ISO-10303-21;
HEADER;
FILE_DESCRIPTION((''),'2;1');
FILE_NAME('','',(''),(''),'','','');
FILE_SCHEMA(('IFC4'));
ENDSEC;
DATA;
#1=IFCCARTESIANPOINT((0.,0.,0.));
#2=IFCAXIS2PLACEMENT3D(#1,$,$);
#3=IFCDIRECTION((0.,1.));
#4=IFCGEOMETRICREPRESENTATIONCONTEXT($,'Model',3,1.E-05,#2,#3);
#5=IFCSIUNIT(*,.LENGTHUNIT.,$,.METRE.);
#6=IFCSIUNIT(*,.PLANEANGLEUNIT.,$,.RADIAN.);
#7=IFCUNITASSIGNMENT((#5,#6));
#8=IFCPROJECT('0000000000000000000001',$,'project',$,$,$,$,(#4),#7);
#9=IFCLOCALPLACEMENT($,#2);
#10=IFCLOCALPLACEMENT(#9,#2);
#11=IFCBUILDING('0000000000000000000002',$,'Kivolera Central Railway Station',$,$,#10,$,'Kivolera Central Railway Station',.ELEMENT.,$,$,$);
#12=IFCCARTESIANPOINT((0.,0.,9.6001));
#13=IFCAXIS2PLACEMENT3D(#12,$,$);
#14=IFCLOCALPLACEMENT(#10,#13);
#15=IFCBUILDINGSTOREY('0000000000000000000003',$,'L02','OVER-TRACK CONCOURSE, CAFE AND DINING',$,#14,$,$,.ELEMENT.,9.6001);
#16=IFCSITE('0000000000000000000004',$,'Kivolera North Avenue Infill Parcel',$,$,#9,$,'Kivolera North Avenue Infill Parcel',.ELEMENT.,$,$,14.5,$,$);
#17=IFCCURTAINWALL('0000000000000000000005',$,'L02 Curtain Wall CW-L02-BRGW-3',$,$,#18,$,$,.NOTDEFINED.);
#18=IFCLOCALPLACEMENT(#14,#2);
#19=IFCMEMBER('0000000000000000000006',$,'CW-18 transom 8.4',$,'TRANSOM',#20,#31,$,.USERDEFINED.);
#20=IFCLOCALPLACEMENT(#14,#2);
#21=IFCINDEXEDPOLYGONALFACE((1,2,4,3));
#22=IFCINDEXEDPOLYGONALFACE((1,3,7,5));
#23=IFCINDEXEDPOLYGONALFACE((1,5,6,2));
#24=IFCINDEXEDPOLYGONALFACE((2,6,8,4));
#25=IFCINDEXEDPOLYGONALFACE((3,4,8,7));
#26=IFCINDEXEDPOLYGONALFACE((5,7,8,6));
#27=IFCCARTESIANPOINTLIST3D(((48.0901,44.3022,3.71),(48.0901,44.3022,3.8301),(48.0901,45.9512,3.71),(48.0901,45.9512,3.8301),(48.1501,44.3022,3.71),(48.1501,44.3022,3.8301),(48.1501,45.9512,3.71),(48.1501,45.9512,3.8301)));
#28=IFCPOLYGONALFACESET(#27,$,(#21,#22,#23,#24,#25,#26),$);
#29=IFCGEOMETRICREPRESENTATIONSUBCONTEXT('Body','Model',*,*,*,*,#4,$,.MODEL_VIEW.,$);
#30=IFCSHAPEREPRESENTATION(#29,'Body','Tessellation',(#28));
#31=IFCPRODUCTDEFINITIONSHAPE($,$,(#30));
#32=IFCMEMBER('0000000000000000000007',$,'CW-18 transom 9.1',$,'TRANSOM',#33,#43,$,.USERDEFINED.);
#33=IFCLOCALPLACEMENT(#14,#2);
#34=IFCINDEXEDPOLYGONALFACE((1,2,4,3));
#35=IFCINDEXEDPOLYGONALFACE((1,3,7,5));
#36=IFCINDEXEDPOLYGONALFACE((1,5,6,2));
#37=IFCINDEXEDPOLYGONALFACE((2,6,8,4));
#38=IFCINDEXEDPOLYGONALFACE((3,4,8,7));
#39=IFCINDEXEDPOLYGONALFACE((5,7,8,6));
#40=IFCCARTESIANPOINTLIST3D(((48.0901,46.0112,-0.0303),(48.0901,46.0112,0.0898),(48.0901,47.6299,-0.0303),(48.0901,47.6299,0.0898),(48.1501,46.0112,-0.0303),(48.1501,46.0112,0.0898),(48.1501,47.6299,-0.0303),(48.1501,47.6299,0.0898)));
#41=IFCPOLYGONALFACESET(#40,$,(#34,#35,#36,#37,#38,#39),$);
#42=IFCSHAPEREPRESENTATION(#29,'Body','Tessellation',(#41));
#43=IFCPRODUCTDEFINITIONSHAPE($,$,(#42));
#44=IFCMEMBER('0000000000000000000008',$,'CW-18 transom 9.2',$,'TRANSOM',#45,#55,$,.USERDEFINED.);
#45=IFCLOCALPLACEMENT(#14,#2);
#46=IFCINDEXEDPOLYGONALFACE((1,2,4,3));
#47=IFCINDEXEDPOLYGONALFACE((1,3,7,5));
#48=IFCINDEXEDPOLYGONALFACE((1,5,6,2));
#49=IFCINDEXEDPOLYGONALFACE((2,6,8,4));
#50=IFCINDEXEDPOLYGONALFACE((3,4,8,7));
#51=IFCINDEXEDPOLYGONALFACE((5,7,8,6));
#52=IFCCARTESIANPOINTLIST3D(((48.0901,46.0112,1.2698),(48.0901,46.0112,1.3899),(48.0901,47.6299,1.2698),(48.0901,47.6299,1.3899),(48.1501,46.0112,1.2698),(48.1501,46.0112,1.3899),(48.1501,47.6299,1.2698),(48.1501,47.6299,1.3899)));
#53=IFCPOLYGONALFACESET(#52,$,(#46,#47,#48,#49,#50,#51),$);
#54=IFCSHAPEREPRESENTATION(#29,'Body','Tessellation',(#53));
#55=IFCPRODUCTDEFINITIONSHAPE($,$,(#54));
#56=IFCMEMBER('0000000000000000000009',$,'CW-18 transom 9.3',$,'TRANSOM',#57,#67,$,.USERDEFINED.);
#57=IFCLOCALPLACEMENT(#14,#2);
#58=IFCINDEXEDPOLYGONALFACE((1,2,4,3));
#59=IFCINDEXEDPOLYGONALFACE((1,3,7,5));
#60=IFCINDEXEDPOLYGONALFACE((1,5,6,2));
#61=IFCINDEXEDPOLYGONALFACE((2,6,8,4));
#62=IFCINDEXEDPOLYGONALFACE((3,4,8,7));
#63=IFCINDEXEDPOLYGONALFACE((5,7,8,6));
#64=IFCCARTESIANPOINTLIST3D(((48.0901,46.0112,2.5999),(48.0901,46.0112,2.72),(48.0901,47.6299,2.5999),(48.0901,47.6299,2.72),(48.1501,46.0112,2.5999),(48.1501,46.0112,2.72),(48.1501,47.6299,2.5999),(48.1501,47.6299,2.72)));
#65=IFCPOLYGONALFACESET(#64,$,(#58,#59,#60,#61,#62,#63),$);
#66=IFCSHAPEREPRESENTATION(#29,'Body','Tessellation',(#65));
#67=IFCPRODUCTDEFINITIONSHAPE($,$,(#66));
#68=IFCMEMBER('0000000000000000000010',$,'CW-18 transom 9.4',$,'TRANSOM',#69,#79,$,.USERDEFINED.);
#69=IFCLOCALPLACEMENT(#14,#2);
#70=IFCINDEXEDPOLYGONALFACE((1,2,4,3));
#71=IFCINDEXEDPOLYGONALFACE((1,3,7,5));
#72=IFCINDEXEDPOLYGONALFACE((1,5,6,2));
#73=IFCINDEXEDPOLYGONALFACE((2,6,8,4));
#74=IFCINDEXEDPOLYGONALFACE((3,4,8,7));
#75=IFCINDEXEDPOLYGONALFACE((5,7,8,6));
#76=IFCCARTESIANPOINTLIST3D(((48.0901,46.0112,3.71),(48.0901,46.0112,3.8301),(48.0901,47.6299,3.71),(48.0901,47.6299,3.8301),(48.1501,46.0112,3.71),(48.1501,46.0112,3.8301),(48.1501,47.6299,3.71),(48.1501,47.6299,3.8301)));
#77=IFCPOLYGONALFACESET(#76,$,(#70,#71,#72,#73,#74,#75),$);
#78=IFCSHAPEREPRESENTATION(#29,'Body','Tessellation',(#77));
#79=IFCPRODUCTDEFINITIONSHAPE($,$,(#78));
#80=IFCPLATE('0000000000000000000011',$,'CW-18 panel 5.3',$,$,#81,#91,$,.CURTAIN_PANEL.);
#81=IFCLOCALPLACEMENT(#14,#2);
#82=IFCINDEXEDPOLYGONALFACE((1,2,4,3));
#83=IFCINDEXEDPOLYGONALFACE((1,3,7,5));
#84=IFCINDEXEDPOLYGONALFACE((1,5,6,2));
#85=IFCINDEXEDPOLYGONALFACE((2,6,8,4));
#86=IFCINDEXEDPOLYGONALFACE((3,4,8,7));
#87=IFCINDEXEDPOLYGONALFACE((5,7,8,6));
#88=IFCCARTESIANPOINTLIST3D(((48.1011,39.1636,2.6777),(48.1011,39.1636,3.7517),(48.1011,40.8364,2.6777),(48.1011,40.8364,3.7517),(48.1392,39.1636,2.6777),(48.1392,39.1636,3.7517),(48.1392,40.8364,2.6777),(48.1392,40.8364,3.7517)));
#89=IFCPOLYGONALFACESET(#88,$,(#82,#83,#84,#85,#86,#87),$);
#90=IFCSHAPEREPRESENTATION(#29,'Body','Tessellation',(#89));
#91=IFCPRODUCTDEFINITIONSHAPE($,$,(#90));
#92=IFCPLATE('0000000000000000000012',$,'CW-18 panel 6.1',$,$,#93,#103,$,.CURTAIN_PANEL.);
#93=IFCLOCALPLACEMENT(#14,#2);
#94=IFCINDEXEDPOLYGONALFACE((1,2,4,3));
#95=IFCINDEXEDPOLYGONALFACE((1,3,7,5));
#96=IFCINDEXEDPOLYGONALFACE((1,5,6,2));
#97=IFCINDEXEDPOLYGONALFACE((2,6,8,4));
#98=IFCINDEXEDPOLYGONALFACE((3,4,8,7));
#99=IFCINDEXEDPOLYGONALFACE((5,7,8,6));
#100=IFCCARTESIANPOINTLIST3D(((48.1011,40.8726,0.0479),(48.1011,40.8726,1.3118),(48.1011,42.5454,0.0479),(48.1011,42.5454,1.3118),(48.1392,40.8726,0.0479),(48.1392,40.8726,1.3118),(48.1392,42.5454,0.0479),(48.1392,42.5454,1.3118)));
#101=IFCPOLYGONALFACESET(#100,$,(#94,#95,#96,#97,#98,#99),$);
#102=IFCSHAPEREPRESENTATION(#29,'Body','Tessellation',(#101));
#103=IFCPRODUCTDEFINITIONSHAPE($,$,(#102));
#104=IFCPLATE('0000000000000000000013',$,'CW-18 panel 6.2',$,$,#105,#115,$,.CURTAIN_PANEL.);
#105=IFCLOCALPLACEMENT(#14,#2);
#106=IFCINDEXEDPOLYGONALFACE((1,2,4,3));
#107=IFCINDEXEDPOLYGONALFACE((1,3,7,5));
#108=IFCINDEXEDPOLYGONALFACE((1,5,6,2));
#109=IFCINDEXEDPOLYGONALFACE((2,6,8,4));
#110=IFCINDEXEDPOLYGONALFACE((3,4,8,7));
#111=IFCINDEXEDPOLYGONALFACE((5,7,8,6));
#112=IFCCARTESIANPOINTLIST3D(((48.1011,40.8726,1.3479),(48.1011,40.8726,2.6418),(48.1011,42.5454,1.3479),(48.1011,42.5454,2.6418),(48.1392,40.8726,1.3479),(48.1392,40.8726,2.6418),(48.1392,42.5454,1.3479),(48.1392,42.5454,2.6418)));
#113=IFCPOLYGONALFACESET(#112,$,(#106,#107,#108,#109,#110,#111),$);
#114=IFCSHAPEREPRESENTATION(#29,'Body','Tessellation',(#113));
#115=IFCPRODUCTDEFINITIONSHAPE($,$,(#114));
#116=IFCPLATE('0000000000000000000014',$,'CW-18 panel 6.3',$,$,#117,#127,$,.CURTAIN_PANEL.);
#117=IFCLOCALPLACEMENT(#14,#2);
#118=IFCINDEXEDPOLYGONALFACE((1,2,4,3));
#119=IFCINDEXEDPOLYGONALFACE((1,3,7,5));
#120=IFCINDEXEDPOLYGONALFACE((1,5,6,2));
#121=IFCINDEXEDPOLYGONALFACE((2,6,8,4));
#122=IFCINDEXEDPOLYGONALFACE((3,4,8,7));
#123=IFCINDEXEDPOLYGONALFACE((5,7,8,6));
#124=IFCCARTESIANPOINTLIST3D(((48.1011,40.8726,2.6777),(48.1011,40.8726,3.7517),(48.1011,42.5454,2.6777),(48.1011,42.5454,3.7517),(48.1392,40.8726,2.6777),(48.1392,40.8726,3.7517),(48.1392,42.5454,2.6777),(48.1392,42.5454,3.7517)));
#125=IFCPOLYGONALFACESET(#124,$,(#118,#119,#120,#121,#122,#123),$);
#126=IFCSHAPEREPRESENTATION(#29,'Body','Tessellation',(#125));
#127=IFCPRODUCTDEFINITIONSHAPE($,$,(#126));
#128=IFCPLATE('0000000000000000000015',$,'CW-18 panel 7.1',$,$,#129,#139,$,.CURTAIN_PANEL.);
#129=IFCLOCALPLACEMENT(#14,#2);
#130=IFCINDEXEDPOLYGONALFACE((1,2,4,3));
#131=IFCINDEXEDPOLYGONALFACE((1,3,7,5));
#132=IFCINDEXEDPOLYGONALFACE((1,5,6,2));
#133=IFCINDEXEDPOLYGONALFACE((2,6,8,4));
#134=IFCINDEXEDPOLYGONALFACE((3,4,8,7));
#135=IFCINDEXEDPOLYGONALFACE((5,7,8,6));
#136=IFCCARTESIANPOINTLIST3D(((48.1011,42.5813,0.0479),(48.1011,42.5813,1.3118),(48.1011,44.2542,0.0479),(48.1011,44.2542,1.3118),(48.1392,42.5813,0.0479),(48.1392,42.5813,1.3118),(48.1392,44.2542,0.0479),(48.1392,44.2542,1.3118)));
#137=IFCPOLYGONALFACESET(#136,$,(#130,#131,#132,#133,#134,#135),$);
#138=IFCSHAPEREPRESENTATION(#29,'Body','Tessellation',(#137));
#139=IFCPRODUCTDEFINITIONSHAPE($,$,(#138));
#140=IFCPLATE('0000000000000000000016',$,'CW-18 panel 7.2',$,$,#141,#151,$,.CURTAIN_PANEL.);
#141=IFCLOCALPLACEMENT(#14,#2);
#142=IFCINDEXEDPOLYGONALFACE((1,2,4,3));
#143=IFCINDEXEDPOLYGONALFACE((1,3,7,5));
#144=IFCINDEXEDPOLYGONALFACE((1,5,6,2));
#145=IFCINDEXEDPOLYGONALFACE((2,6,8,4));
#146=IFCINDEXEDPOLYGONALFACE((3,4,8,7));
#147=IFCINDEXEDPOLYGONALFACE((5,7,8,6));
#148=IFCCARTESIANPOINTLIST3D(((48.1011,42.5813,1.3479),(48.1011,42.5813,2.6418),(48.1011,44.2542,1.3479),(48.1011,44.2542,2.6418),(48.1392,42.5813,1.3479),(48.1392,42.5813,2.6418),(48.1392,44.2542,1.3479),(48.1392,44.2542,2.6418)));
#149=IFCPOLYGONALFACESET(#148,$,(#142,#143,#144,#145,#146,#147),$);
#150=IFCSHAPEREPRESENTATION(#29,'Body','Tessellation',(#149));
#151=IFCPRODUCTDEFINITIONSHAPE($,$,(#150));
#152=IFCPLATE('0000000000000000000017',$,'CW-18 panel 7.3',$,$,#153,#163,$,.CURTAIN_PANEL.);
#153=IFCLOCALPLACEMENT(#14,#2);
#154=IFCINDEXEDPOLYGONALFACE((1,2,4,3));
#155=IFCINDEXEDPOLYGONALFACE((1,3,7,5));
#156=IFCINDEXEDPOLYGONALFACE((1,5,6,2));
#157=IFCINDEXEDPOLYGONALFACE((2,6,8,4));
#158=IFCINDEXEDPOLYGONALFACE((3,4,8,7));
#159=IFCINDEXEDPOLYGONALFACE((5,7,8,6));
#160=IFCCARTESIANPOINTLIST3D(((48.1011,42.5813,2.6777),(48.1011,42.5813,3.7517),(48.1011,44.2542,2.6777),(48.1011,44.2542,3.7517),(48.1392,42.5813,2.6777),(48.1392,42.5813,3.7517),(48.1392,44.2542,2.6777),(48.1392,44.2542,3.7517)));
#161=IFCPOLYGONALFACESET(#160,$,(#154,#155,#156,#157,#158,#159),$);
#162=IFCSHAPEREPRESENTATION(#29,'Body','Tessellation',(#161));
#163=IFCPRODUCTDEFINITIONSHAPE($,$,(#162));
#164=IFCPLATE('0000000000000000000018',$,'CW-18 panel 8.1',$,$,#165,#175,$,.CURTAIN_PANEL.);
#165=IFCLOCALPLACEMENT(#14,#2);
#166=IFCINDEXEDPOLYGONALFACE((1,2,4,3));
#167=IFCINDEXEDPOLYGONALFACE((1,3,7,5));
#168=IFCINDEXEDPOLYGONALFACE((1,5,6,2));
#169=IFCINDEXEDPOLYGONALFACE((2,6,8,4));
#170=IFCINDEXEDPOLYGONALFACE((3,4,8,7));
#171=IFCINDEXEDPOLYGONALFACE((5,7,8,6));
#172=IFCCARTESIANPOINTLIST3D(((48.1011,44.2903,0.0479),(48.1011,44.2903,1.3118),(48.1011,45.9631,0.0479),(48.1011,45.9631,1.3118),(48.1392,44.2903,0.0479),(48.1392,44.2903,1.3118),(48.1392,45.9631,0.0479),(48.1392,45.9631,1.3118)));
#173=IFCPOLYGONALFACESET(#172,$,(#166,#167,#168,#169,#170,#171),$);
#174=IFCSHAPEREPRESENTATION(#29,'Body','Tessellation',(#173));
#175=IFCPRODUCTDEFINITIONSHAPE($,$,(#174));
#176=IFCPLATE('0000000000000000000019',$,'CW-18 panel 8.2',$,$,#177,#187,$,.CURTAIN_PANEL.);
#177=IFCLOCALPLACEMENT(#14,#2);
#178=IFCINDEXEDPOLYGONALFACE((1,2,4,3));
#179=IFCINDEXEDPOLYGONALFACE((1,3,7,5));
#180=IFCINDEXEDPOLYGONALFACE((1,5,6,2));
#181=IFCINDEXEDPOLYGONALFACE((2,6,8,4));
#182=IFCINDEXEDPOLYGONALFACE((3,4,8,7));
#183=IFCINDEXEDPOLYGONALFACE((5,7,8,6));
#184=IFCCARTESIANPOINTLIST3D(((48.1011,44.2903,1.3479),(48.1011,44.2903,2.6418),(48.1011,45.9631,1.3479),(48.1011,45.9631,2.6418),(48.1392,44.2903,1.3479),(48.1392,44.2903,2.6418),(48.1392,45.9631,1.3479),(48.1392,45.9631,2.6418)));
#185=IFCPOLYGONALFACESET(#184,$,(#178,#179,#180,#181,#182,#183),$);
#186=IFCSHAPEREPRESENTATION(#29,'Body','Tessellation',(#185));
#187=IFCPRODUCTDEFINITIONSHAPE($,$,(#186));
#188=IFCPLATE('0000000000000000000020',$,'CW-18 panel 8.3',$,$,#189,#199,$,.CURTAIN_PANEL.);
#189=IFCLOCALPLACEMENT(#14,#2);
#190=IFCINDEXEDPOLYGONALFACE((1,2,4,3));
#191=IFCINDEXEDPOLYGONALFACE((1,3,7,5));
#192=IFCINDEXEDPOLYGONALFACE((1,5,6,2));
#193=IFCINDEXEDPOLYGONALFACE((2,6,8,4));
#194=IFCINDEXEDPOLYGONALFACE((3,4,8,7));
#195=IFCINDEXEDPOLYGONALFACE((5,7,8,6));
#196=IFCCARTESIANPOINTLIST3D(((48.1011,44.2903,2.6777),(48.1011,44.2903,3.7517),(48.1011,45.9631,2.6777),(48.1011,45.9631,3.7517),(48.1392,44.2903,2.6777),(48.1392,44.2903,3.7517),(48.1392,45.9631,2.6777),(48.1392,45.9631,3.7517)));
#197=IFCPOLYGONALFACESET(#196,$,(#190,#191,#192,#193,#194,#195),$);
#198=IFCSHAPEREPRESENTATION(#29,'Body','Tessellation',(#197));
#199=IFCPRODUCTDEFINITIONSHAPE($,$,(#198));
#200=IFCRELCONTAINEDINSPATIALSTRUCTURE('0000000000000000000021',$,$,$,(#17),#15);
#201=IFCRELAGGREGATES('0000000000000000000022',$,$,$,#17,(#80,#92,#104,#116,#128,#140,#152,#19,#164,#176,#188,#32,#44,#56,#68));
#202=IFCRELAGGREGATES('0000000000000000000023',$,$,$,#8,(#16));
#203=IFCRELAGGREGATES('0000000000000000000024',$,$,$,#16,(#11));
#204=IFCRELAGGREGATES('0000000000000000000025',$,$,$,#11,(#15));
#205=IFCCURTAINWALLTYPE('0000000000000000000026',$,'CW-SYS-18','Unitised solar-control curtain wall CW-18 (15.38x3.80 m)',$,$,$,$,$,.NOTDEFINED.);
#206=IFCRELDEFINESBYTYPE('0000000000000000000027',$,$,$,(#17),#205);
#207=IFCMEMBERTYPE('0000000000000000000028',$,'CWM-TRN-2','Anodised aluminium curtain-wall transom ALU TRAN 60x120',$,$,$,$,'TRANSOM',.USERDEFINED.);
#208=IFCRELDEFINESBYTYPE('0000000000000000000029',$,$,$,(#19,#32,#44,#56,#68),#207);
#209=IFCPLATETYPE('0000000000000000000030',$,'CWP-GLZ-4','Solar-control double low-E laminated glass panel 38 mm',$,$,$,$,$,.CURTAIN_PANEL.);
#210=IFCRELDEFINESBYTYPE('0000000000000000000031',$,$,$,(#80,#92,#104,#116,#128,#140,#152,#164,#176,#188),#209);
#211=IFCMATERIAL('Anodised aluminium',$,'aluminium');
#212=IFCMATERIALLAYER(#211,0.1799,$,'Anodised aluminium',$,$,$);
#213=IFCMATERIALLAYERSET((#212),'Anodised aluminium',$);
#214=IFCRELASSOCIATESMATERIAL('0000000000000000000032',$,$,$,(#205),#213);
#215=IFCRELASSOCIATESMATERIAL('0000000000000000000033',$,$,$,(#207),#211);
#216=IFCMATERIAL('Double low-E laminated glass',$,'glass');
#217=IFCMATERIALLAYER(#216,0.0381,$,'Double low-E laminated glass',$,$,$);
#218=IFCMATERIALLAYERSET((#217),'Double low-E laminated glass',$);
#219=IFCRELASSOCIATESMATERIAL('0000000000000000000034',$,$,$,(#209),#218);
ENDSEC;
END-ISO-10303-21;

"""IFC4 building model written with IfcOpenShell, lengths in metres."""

from ifc_helpers import new_model, si_unit, direction, frame, origin, origin_2d, place, context, subcontext, project, spatial, rectangle, extrude, material, layer, layer_set, material_profile, profile_set, type_object, element, aggregate, save


model = new_model("IFC4")

# Units and contexts
model_context = context("Model", 3, precision=1e-05, world=origin(), true_north=direction((0.0, 1.0)))
body_context = subcontext(model_context, "Body", "Model", "MODEL_VIEW")
ifc_project = project(units=[si_unit("LENGTHUNIT", "METRE"), si_unit("PLANEANGLEUNIT", "RADIAN")], contexts=[model_context])

# Site, building, storey
site_placement = place(None, origin())
site = spatial("IfcSite", under=ifc_project, at=site_placement, Name="Kivolera North Avenue Infill Parcel", LongName="Kivolera North Avenue Infill Parcel", CompositionType="ELEMENT", RefElevation=14.5)
building_placement = place(site_placement, origin())
building = spatial("IfcBuilding", under=site, at=building_placement, Name="Kivolera Central Railway Station", LongName="Kivolera Central Railway Station", CompositionType="ELEMENT")
storey_placement = place(building_placement, frame((0.0, 0.0, 9.6001)))
storey = spatial("IfcBuildingStorey", under=building, at=storey_placement, Name="L02", Description="OVER-TRACK CONCOURSE, CAFE AND DINING", CompositionType="ELEMENT", Elevation=9.6001)

# Curtain wall, members, plates
ifc_material_1 = material(Name="Anodised aluminium", Category="aluminium")
ifc_layer_1 = layer(ifc_material_1, 0.1799, Name="Anodised aluminium")
ifc_layer_set_1 = layer_set([ifc_layer_1], Name="Anodised aluminium")
curtain_wall_type = type_object("IfcCurtainWallType", Name="CW-SYS-18", Description="Unitised solar-control curtain wall CW-18 (15.38x3.80 m)", PredefinedType="NOTDEFINED", material=ifc_layer_set_1)
curtain_wall_placement = place(storey_placement, origin())
curtain_wall = element("IfcCurtainWall", 1, at=curtain_wall_placement, inside=storey, type_object=curtain_wall_type, Name="L02 Curtain Wall CW-L02-BRGW-3", PredefinedType="NOTDEFINED")
ifc_material_profile_1 = material_profile(ifc_material_1, rectangle(XDim=0.0601, YDim=0.1201, at=origin_2d()), Name="ALU TRAN 60x120")
ifc_profile_set_1 = profile_set([ifc_material_profile_1], Name="Anodised aluminium")
member_type_1 = type_object("IfcMemberType", Name="CWM-TRN-2", Description="Anodised aluminium curtain-wall transom ALU TRAN 60x120", ElementType="TRANSOM", PredefinedType="USERDEFINED", material=ifc_profile_set_1)
member_1_placement = place(storey_placement, frame((48.1201, 44.3022, 3.77), z_axis=(0.0, 1.0, 0.0), x_axis=(-1.0, 0.0, 0.0)))
member_1 = element("IfcMember", 2, at=member_1_placement, type_object=member_type_1, Name="CW-18 transom 8.4", ObjectType="TRANSOM", PredefinedType="USERDEFINED", context=body_context, shape_type="SweptSolid", body=[
    extrude(rectangle(XDim=0.0601, YDim=0.1201, at=origin_2d()), origin(), (0.0, 0.0, 1.0), 1.6489),
])
member_2_placement = place(storey_placement, frame((48.1201, 46.0112, 0.0298), z_axis=(0.0, 1.0, 0.0), x_axis=(-1.0, 0.0, 0.0)))
member_2 = element("IfcMember", 3, at=member_2_placement, type_object=member_type_1, Name="CW-18 transom 9.1", ObjectType="TRANSOM", PredefinedType="USERDEFINED", context=body_context, shape_type="SweptSolid", body=[
    extrude(rectangle(XDim=0.0601, YDim=0.1201, at=origin_2d()), origin(), (0.0, 0.0, 1.0), 1.6187),
])
member_3_placement = place(storey_placement, frame((48.1201, 46.0112, 1.3298), z_axis=(0.0, 1.0, 0.0), x_axis=(-1.0, 0.0, 0.0)))
member_3 = element("IfcMember", 4, at=member_3_placement, type_object=member_type_1, Name="CW-18 transom 9.2", ObjectType="TRANSOM", PredefinedType="USERDEFINED", context=body_context, shape_type="SweptSolid", body=[
    extrude(rectangle(XDim=0.0601, YDim=0.1201, at=origin_2d()), origin(), (0.0, 0.0, 1.0), 1.6187),
])
member_4_placement = place(storey_placement, frame((48.1201, 46.0112, 2.6599), z_axis=(0.0, 1.0, 0.0), x_axis=(-1.0, 0.0, 0.0)))
member_4 = element("IfcMember", 5, at=member_4_placement, type_object=member_type_1, Name="CW-18 transom 9.3", ObjectType="TRANSOM", PredefinedType="USERDEFINED", context=body_context, shape_type="SweptSolid", body=[
    extrude(rectangle(XDim=0.0601, YDim=0.1201, at=origin_2d()), origin(), (0.0, 0.0, 1.0), 1.6187),
])
member_5_placement = place(storey_placement, frame((48.1201, 46.0112, 3.77), z_axis=(0.0, 1.0, 0.0), x_axis=(-1.0, 0.0, 0.0)))
member_5 = element("IfcMember", 6, at=member_5_placement, type_object=member_type_1, Name="CW-18 transom 9.4", ObjectType="TRANSOM", PredefinedType="USERDEFINED", context=body_context, shape_type="SweptSolid", body=[
    extrude(rectangle(XDim=0.0601, YDim=0.1201, at=origin_2d()), origin(), (0.0, 0.0, 1.0), 1.6187),
])
ifc_material_2 = material(Name="Double low-E laminated glass", Category="glass")
ifc_layer_2 = layer(ifc_material_2, 0.0381, Name="Double low-E laminated glass")
ifc_layer_set_2 = layer_set([ifc_layer_2], Name="Double low-E laminated glass")
plate_type = type_object("IfcPlateType", Name="CWP-GLZ-4", Description="Solar-control double low-E laminated glass panel 38 mm", PredefinedType="CURTAIN_PANEL", material=ifc_layer_set_2)
plate_1_placement = place(storey_placement, frame((48.1201, 40.0, 2.6777), z_axis=(0.0, 0.0, 1.0), x_axis=(0.0, 1.0, 0.0)))
plate_1 = element("IfcPlate", 7, at=plate_1_placement, type_object=plate_type, Name="CW-18 panel 5.3", PredefinedType="CURTAIN_PANEL", context=body_context, shape_type="SweptSolid", body=[
    extrude(rectangle(XDim=1.6729, YDim=0.0381, at=origin_2d()), origin(), (0.0, 0.0, 1.0), 1.074),
])
plate_2_placement = place(storey_placement, frame((48.1201, 41.709, 0.0479), z_axis=(0.0, 0.0, 1.0), x_axis=(0.0, 1.0, 0.0)))
plate_2 = element("IfcPlate", 8, at=plate_2_placement, type_object=plate_type, Name="CW-18 panel 6.1", PredefinedType="CURTAIN_PANEL", context=body_context, shape_type="SweptSolid", body=[
    extrude(rectangle(XDim=1.6729, YDim=0.0381, at=origin_2d()), origin(), (0.0, 0.0, 1.0), 1.2639),
])
plate_3_placement = place(storey_placement, frame((48.1201, 41.709, 1.3479), z_axis=(0.0, 0.0, 1.0), x_axis=(0.0, 1.0, 0.0)))
plate_3 = element("IfcPlate", 9, at=plate_3_placement, type_object=plate_type, Name="CW-18 panel 6.2", PredefinedType="CURTAIN_PANEL", context=body_context, shape_type="SweptSolid", body=[
    extrude(rectangle(XDim=1.6729, YDim=0.0381, at=origin_2d()), origin(), (0.0, 0.0, 1.0), 1.2939),
])
plate_4_placement = place(storey_placement, frame((48.1201, 41.709, 2.6777), z_axis=(0.0, 0.0, 1.0), x_axis=(0.0, 1.0, 0.0)))
plate_4 = element("IfcPlate", 10, at=plate_4_placement, type_object=plate_type, Name="CW-18 panel 6.3", PredefinedType="CURTAIN_PANEL", context=body_context, shape_type="SweptSolid", body=[
    extrude(rectangle(XDim=1.6729, YDim=0.0381, at=origin_2d()), origin(), (0.0, 0.0, 1.0), 1.074),
])
plate_5_placement = place(storey_placement, frame((48.1201, 43.4177, 0.0479), z_axis=(0.0, 0.0, 1.0), x_axis=(0.0, 1.0, 0.0)))
plate_5 = element("IfcPlate", 11, at=plate_5_placement, type_object=plate_type, Name="CW-18 panel 7.1", PredefinedType="CURTAIN_PANEL", context=body_context, shape_type="SweptSolid", body=[
    extrude(rectangle(XDim=1.6729, YDim=0.0381, at=origin_2d()), origin(), (0.0, 0.0, 1.0), 1.2639),
])
plate_6_placement = place(storey_placement, frame((48.1201, 43.4177, 1.3479), z_axis=(0.0, 0.0, 1.0), x_axis=(0.0, 1.0, 0.0)))
plate_6 = element("IfcPlate", 12, at=plate_6_placement, type_object=plate_type, Name="CW-18 panel 7.2", PredefinedType="CURTAIN_PANEL", context=body_context, shape_type="SweptSolid", body=[
    extrude(rectangle(XDim=1.6729, YDim=0.0381, at=origin_2d()), origin(), (0.0, 0.0, 1.0), 1.2939),
])
plate_7_placement = place(storey_placement, frame((48.1201, 43.4177, 2.6777), z_axis=(0.0, 0.0, 1.0), x_axis=(0.0, 1.0, 0.0)))
plate_7 = element("IfcPlate", 13, at=plate_7_placement, type_object=plate_type, Name="CW-18 panel 7.3", PredefinedType="CURTAIN_PANEL", context=body_context, shape_type="SweptSolid", body=[
    extrude(rectangle(XDim=1.6729, YDim=0.0381, at=origin_2d()), origin(), (0.0, 0.0, 1.0), 1.074),
])
plate_8_placement = place(storey_placement, frame((48.1201, 45.1267, 0.0479), z_axis=(0.0, 0.0, 1.0), x_axis=(0.0, 1.0, 0.0)))
plate_8 = element("IfcPlate", 14, at=plate_8_placement, type_object=plate_type, Name="CW-18 panel 8.1", PredefinedType="CURTAIN_PANEL", context=body_context, shape_type="SweptSolid", body=[
    extrude(rectangle(XDim=1.6729, YDim=0.0381, at=origin_2d()), origin(), (0.0, 0.0, 1.0), 1.2639),
])
plate_9_placement = place(storey_placement, frame((48.1201, 45.1267, 1.3479), z_axis=(0.0, 0.0, 1.0), x_axis=(0.0, 1.0, 0.0)))
plate_9 = element("IfcPlate", 15, at=plate_9_placement, type_object=plate_type, Name="CW-18 panel 8.2", PredefinedType="CURTAIN_PANEL", context=body_context, shape_type="SweptSolid", body=[
    extrude(rectangle(XDim=1.6729, YDim=0.0381, at=origin_2d()), origin(), (0.0, 0.0, 1.0), 1.2939),
])
plate_10_placement = place(storey_placement, frame((48.1201, 45.1267, 2.6777), z_axis=(0.0, 0.0, 1.0), x_axis=(0.0, 1.0, 0.0)))
plate_10 = element("IfcPlate", 16, at=plate_10_placement, type_object=plate_type, Name="CW-18 panel 8.3", PredefinedType="CURTAIN_PANEL", context=body_context, shape_type="SweptSolid", body=[
    extrude(rectangle(XDim=1.6729, YDim=0.0381, at=origin_2d()), origin(), (0.0, 0.0, 1.0), 1.074),
])
aggregate(curtain_wall, [plate_1, plate_2, plate_3, plate_4, plate_5, plate_6, plate_7, member_1, plate_8, plate_9, plate_10, member_2, member_3, member_4, member_5])

save(model, "model.ifc")
